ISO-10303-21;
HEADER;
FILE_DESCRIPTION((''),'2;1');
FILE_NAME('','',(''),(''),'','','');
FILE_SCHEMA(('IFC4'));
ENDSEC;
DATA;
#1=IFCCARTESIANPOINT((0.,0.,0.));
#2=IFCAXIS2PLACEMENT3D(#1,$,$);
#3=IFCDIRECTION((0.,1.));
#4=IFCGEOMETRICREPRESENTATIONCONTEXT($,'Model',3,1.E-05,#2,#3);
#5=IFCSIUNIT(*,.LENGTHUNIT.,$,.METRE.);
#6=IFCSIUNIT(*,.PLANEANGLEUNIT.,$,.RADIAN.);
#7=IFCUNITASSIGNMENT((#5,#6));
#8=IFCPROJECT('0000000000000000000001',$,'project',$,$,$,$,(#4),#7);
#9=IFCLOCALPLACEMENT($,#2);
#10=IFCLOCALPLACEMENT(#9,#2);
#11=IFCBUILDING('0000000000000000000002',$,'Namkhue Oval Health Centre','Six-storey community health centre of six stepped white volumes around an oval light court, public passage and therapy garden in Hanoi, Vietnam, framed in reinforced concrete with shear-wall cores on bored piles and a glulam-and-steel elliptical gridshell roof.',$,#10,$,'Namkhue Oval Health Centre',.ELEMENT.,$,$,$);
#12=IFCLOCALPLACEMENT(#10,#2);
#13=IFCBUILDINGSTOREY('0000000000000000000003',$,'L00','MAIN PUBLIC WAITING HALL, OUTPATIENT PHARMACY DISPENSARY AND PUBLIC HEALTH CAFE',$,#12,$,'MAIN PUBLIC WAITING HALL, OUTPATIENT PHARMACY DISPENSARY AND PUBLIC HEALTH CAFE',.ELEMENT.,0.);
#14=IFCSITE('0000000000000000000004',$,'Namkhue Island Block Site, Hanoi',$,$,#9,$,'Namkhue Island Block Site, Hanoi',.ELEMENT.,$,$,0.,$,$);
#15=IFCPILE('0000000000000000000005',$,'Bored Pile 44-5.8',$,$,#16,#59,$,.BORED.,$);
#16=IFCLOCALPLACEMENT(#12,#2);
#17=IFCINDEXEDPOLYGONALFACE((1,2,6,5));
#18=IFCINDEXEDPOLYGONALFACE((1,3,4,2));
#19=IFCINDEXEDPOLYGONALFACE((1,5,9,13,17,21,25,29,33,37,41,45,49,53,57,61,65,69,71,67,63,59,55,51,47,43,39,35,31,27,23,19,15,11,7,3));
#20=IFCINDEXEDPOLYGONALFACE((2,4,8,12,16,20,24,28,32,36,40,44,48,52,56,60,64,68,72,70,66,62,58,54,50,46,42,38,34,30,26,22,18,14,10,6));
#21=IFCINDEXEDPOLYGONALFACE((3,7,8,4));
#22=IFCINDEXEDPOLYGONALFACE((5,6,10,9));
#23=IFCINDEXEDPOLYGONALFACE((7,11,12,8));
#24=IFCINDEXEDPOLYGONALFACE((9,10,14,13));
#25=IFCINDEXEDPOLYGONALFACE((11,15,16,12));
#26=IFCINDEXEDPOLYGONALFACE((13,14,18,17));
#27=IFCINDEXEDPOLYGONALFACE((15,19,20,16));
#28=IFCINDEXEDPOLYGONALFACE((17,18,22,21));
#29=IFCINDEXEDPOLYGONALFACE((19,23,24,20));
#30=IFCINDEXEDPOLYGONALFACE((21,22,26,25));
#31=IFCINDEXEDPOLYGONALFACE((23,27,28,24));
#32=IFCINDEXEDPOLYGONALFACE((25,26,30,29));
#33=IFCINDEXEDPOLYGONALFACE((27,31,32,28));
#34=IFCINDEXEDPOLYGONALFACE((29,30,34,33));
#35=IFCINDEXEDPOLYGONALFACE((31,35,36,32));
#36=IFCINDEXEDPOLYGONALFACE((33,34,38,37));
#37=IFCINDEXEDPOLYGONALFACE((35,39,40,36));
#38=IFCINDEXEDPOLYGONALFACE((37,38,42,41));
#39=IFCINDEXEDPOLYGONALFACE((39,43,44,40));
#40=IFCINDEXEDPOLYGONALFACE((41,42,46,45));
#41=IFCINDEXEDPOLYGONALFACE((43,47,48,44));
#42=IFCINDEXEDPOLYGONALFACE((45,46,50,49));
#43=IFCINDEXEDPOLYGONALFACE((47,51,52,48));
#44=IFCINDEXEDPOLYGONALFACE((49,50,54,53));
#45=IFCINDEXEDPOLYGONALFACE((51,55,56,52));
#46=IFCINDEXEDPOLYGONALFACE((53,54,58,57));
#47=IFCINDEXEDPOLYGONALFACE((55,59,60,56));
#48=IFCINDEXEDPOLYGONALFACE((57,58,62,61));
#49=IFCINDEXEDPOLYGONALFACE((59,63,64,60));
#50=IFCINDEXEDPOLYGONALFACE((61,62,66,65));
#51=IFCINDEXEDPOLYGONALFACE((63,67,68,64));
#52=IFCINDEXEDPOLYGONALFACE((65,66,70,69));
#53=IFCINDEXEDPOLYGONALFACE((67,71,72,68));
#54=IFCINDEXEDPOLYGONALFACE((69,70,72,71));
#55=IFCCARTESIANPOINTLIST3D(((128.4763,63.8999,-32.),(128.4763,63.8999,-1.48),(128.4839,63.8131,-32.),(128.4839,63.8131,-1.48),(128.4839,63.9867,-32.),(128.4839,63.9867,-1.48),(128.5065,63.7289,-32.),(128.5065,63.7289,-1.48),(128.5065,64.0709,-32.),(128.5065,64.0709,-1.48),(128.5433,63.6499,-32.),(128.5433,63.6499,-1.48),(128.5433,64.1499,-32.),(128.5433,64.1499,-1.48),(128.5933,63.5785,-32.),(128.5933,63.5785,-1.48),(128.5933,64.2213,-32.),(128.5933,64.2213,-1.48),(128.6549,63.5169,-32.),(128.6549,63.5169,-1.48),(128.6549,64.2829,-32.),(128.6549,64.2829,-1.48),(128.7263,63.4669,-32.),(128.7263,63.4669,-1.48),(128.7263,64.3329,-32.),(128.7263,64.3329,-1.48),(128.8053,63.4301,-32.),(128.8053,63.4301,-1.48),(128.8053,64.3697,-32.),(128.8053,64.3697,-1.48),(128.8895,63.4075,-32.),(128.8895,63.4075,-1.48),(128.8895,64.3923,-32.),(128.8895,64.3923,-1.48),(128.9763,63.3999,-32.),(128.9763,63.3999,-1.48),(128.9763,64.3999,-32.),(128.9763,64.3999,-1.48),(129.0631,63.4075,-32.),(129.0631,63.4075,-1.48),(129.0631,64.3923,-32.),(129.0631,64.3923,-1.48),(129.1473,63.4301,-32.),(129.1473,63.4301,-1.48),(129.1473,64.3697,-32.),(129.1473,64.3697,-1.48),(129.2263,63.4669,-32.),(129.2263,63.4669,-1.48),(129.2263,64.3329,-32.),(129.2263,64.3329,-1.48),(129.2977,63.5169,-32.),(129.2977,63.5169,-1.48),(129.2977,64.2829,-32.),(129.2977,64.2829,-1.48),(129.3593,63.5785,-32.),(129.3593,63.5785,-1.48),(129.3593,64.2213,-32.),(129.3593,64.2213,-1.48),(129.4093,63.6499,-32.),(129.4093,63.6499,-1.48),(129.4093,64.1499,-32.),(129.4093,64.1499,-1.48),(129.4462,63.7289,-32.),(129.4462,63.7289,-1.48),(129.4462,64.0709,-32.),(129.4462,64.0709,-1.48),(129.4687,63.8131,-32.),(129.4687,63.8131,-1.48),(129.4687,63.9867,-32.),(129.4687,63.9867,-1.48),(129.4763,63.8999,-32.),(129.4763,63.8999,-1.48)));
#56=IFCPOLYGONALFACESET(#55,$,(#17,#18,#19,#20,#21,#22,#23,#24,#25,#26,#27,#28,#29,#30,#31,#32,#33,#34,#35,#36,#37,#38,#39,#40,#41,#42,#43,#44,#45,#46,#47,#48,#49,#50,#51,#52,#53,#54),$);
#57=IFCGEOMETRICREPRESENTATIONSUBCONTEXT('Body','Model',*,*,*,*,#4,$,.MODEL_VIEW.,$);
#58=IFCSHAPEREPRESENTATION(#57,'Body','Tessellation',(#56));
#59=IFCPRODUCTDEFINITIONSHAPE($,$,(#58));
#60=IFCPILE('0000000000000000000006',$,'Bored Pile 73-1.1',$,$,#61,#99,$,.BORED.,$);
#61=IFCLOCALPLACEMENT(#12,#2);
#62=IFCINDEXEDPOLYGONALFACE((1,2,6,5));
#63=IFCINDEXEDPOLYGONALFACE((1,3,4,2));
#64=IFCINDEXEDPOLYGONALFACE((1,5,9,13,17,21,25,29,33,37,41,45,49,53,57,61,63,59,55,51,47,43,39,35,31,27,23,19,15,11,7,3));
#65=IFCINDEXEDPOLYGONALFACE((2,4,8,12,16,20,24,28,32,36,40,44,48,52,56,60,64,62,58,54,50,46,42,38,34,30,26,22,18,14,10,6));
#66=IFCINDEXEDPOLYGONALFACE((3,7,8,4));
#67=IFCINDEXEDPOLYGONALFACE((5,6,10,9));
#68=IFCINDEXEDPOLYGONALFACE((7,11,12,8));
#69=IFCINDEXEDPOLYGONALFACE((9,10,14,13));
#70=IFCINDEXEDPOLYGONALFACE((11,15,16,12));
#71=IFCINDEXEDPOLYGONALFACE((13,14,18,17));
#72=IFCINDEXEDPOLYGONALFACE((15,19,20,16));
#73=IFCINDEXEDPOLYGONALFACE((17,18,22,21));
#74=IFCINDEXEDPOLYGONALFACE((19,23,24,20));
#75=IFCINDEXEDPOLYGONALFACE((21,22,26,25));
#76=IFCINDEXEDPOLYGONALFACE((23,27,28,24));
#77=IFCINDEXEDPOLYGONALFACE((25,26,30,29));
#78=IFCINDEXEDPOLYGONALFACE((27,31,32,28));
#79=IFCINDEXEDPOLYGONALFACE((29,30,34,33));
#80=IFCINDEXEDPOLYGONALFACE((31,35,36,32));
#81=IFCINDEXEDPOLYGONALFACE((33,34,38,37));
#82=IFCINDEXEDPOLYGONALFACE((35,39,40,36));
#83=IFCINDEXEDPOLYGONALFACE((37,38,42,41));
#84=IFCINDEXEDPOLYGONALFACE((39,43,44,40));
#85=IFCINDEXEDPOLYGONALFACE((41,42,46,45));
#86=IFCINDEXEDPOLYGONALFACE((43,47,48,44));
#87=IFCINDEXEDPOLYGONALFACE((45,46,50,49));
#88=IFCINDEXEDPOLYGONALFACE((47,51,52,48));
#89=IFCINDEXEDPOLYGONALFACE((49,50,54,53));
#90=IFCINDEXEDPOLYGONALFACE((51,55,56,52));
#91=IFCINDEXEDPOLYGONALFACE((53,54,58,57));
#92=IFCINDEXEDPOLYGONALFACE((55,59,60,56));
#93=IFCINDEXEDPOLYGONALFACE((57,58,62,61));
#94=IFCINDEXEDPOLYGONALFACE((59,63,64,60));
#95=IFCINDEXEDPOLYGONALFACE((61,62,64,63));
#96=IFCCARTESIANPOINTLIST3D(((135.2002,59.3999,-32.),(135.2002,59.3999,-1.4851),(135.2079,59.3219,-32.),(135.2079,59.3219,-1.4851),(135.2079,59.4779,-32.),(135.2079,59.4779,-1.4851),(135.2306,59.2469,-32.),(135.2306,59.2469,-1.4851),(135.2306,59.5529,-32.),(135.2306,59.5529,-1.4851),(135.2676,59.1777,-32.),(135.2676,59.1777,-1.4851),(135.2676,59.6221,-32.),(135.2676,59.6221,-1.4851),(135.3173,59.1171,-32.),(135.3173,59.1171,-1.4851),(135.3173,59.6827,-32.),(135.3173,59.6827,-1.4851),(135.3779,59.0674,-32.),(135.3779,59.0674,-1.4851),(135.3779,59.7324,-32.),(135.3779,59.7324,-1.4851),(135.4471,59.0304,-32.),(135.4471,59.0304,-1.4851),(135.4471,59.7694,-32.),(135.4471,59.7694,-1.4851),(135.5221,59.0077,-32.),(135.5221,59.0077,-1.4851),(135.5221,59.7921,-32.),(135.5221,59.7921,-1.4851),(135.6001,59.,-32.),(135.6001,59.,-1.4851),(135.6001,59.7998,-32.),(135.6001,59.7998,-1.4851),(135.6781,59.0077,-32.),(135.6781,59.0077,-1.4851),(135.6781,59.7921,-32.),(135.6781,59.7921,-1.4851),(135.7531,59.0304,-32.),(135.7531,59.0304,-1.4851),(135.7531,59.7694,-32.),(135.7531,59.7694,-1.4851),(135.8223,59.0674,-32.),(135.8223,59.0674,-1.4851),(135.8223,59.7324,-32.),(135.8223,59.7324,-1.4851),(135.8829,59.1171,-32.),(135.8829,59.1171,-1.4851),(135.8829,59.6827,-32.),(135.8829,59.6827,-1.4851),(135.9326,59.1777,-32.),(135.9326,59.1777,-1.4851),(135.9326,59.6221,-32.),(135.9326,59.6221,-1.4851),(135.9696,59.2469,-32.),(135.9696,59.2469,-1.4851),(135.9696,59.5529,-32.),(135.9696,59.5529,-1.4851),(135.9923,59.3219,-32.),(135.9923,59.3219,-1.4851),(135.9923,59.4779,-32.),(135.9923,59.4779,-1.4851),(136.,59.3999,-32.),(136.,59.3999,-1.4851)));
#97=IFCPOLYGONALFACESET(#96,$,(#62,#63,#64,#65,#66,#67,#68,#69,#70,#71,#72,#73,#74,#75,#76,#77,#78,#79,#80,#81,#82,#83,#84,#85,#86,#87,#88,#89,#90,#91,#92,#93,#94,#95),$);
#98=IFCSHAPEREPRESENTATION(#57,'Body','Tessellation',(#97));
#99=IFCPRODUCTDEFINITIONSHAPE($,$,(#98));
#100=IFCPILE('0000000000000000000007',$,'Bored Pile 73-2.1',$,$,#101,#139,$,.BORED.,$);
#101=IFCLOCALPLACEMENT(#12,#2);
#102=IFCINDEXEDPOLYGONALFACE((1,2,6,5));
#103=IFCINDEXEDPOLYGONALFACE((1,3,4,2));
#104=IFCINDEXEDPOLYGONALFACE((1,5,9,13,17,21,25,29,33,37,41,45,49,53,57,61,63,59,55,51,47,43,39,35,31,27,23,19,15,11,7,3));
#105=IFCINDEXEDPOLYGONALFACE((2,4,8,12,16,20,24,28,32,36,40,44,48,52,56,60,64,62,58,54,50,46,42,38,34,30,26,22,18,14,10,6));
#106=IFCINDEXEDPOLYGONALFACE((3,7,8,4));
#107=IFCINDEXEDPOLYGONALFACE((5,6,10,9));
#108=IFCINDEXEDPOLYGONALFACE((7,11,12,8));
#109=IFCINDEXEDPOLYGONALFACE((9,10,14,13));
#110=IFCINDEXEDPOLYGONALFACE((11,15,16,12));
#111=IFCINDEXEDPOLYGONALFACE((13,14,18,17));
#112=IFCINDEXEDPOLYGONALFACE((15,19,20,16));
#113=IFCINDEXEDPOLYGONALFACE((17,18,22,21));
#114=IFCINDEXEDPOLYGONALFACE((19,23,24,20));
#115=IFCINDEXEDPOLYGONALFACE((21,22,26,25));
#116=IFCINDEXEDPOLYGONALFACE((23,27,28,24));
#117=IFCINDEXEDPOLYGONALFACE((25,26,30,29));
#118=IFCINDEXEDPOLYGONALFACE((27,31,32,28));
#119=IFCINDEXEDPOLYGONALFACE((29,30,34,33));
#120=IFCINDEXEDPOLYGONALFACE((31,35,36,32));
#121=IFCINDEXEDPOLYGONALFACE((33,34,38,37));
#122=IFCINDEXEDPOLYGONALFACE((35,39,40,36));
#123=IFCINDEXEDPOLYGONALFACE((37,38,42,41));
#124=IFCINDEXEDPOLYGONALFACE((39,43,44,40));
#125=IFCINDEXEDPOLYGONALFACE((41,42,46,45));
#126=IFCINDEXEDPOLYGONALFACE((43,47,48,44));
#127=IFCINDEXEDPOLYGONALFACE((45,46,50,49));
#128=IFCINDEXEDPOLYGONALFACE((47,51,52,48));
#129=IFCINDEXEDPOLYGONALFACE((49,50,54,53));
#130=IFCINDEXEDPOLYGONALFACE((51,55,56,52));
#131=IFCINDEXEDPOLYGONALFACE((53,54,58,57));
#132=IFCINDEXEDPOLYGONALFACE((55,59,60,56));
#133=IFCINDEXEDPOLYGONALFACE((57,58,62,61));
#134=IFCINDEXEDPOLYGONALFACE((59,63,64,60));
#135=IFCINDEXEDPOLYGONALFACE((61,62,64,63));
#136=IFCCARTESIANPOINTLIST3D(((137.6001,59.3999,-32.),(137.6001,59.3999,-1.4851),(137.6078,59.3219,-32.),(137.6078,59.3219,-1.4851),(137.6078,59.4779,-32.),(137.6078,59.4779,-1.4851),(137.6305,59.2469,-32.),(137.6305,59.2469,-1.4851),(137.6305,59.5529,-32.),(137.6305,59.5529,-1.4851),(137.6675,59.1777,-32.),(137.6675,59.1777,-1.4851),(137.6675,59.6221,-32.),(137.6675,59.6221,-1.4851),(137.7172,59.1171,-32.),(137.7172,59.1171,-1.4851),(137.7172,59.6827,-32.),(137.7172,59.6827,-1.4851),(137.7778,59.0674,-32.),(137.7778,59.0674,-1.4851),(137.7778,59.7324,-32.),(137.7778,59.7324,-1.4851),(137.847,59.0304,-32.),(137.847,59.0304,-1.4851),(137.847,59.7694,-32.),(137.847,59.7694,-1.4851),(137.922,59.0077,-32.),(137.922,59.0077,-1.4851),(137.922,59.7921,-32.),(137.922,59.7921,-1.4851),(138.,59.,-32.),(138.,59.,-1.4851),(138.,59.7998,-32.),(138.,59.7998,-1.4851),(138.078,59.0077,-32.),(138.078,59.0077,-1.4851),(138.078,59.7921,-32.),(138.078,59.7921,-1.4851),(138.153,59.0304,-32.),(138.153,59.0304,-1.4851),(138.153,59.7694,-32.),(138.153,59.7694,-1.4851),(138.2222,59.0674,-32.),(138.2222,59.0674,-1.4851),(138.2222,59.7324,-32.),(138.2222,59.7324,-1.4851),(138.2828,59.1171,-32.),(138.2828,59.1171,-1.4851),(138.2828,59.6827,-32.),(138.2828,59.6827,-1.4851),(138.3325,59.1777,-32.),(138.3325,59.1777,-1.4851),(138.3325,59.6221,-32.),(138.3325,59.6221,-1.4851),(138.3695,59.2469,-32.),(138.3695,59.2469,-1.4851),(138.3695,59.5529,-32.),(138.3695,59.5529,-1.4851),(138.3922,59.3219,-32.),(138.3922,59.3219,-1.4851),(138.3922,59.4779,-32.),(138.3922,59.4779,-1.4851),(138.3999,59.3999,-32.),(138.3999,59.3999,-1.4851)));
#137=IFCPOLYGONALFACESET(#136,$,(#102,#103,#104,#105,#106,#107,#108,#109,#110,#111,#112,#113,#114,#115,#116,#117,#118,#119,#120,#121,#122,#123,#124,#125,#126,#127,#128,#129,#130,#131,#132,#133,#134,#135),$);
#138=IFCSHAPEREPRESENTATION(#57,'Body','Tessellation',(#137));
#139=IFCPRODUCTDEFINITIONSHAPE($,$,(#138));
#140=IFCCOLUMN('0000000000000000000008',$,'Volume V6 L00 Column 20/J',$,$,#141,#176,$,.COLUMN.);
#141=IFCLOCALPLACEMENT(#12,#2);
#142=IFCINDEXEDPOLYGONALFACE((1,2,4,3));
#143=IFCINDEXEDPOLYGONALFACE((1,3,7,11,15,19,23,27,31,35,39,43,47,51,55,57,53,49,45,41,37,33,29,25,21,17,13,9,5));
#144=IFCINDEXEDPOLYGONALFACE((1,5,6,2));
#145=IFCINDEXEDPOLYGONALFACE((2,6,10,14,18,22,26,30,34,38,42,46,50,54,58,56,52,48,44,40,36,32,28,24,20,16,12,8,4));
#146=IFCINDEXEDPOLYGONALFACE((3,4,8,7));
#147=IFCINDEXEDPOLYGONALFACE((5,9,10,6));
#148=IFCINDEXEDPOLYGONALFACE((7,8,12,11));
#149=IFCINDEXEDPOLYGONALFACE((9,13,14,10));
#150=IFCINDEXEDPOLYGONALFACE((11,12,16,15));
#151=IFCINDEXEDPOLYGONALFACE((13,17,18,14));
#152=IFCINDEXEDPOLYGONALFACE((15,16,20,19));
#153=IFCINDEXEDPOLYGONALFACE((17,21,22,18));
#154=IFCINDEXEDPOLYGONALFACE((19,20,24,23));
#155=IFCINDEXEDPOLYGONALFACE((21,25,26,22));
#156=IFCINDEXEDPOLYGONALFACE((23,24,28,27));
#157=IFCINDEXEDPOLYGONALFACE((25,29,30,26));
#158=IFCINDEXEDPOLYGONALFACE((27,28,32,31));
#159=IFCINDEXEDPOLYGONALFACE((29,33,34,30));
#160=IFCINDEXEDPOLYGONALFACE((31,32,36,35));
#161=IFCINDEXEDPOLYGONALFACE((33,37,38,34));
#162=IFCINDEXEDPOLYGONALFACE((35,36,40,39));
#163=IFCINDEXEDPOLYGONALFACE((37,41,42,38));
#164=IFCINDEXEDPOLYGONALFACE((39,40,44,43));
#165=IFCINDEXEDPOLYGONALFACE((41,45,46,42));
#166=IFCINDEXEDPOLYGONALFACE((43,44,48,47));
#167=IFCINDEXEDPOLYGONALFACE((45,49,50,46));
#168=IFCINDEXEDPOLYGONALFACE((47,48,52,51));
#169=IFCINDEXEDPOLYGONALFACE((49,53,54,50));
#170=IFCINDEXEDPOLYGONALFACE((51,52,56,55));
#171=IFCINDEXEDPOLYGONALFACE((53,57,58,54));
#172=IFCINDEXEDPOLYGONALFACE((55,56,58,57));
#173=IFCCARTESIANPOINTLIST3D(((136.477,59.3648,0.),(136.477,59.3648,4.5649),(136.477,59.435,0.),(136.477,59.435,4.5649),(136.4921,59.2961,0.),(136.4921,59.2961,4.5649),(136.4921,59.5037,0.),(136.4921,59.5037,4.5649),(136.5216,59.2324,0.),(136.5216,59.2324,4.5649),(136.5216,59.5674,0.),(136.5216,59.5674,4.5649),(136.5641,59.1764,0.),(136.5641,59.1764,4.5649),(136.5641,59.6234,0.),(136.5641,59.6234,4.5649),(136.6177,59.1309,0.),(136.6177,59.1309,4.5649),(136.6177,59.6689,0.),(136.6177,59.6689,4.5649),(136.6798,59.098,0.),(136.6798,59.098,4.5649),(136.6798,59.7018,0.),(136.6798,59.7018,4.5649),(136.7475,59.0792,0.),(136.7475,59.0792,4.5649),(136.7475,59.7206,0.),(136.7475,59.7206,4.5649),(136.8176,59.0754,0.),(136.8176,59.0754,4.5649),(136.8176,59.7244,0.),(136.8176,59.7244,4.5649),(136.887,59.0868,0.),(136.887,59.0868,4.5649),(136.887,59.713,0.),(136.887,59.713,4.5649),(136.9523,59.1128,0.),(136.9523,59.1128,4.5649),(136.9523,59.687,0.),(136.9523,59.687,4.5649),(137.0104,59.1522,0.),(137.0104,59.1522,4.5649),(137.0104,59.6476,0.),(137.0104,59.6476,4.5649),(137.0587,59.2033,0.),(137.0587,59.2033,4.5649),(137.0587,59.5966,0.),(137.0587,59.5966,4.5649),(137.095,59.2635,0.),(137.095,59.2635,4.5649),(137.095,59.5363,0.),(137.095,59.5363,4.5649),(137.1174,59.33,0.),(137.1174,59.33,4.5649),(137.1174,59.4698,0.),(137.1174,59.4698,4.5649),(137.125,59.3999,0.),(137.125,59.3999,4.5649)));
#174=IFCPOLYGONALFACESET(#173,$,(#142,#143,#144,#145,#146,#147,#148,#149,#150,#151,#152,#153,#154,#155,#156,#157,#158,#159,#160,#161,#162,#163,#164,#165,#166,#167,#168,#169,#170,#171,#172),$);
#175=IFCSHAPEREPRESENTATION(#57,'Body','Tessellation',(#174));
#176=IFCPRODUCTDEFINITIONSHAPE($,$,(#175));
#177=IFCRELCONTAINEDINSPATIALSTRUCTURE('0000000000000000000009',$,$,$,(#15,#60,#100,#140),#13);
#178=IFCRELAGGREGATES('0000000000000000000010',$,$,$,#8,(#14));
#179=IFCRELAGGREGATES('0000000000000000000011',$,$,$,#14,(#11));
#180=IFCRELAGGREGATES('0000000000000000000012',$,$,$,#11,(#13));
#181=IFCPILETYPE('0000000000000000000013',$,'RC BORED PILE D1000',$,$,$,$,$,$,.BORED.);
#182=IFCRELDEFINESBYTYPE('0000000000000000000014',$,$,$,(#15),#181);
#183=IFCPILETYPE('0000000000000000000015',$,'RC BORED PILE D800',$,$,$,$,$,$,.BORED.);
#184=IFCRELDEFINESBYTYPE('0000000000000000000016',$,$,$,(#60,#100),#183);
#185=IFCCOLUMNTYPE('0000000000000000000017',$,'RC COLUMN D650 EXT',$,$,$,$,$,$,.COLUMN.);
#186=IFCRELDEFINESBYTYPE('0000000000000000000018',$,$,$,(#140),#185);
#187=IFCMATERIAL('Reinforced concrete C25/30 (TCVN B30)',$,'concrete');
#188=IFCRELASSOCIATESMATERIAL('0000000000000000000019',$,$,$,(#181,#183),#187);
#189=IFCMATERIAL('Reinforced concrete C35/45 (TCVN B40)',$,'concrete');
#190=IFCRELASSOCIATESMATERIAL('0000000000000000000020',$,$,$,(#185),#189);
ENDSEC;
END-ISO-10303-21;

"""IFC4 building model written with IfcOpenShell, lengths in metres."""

from ifc_helpers import new_model, si_unit, direction, frame, origin, origin_2d, place, context, subcontext, project, spatial, circle, extrude, material, material_profile, profile_set, type_object, element, save


model = new_model("IFC4")

# Units and contexts
model_context = context("Model", 3, precision=1e-05, world=origin(), true_north=direction((0.0, 1.0)))
body_context = subcontext(model_context, "Body", "Model", "MODEL_VIEW")
ifc_project = project(units=[si_unit("LENGTHUNIT", "METRE"), si_unit("PLANEANGLEUNIT", "RADIAN")], contexts=[model_context])

# Site, building, storey
site_placement = place(None, origin())
site = spatial("IfcSite", under=ifc_project, at=site_placement, Name="Namkhue Island Block Site, Hanoi", LongName="Namkhue Island Block Site, Hanoi", CompositionType="ELEMENT", RefElevation=0.0)
building_placement = place(site_placement, origin())
building = spatial("IfcBuilding", under=site, at=building_placement, Name="Namkhue Oval Health Centre", Description="Six-storey community health centre of six stepped white volumes around an oval light court, public passage and therapy garden in Hanoi, Vietnam, framed in reinforced concrete with shear-wall cores on bored piles and a glulam-and-steel elliptical gridshell roof.", LongName="Namkhue Oval Health Centre", CompositionType="ELEMENT")
storey_placement = place(building_placement, origin())
storey = spatial("IfcBuildingStorey", under=building, at=storey_placement, Name="L00", Description="MAIN PUBLIC WAITING HALL, OUTPATIENT PHARMACY DISPENSARY AND PUBLIC HEALTH CAFE", LongName="MAIN PUBLIC WAITING HALL, OUTPATIENT PHARMACY DISPENSARY AND PUBLIC HEALTH CAFE", CompositionType="ELEMENT", Elevation=0.0)

# Piles
ifc_material_1 = material(Name="Reinforced concrete C25/30 (TCVN B30)", Category="concrete")
ifc_material_profile_1 = material_profile(ifc_material_1, circle(Radius=0.5, at=origin_2d()), Name="BORED PILE D1000")
ifc_profile_set_1 = profile_set([ifc_material_profile_1], Name="Reinforced concrete C25/30 (TCVN B30)")
pile_type_1 = type_object("IfcPileType", Name="RC BORED PILE D1000", PredefinedType="BORED", material=ifc_profile_set_1)
for number, where, z_axis, x_axis, name in (
    (1, (128.9763, 63.8999, -1.48), (0.0, 0.0, -1.0), (1.0, 0.0, 0.0), "Bored Pile 44-5.8"),
):
    element("IfcPile", number, at=place(storey_placement, frame(where, z_axis=z_axis, x_axis=x_axis)), inside=storey, type_object=pile_type_1, Name=name, PredefinedType="BORED", context=body_context, shape_type="SweptSolid", body=[
        extrude(circle(Radius=0.5, at=origin_2d()), origin(), (0.0, 0.0, 1.0), 30.52),
    ])
ifc_material_profile_2 = material_profile(ifc_material_1, circle(Radius=0.3999, at=origin_2d()), Name="BORED PILE D800")
ifc_profile_set_2 = profile_set([ifc_material_profile_2], Name="Reinforced concrete C25/30 (TCVN B30)")
pile_type_2 = type_object("IfcPileType", Name="RC BORED PILE D800", PredefinedType="BORED", material=ifc_profile_set_2)
for number, where, z_axis, x_axis, name in (
    (2, (135.6001, 59.3999, -1.4851), (0.0, 0.0, -1.0), (1.0, 0.0, 0.0), "Bored Pile 73-1.1"),
    (3, (138.0, 59.3999, -1.4851), (0.0, 0.0, -1.0), (1.0, 0.0, 0.0), "Bored Pile 73-2.1"),
):
    element("IfcPile", number, at=place(storey_placement, frame(where, z_axis=z_axis, x_axis=x_axis)), inside=storey, type_object=pile_type_2, Name=name, PredefinedType="BORED", context=body_context, shape_type="SweptSolid", body=[
        extrude(circle(Radius=0.3999, at=origin_2d()), origin(), (0.0, 0.0, 1.0), 30.5149),
    ])

# Column
ifc_material_2 = material(Name="Reinforced concrete C35/45 (TCVN B40)", Category="concrete")
ifc_material_profile_3 = material_profile(ifc_material_2, circle(Radius=0.325, at=origin_2d()), Name="RC D650")
ifc_profile_set_3 = profile_set([ifc_material_profile_3], Name="Reinforced concrete C35/45 (TCVN B40)")
column_type_1 = type_object("IfcColumnType", Name="RC COLUMN D650 EXT", PredefinedType="COLUMN", material=ifc_profile_set_3)
column_1_placement = place(storey_placement, frame((136.8, 59.3999, 0.0), z_axis=(0.0, 0.0, 1.0), x_axis=(1.0, 0.0, 0.0)))
element("IfcColumn", 4, at=column_1_placement, inside=storey, type_object=column_type_1, Name="Volume V6 L00 Column 20/J", PredefinedType="COLUMN", context=body_context, shape_type="SweptSolid", body=[
    extrude(circle(Radius=0.325, at=origin_2d()), origin(), (0.0, 0.0, 1.0), 4.5649),
])

save(model, "model.ifc")
